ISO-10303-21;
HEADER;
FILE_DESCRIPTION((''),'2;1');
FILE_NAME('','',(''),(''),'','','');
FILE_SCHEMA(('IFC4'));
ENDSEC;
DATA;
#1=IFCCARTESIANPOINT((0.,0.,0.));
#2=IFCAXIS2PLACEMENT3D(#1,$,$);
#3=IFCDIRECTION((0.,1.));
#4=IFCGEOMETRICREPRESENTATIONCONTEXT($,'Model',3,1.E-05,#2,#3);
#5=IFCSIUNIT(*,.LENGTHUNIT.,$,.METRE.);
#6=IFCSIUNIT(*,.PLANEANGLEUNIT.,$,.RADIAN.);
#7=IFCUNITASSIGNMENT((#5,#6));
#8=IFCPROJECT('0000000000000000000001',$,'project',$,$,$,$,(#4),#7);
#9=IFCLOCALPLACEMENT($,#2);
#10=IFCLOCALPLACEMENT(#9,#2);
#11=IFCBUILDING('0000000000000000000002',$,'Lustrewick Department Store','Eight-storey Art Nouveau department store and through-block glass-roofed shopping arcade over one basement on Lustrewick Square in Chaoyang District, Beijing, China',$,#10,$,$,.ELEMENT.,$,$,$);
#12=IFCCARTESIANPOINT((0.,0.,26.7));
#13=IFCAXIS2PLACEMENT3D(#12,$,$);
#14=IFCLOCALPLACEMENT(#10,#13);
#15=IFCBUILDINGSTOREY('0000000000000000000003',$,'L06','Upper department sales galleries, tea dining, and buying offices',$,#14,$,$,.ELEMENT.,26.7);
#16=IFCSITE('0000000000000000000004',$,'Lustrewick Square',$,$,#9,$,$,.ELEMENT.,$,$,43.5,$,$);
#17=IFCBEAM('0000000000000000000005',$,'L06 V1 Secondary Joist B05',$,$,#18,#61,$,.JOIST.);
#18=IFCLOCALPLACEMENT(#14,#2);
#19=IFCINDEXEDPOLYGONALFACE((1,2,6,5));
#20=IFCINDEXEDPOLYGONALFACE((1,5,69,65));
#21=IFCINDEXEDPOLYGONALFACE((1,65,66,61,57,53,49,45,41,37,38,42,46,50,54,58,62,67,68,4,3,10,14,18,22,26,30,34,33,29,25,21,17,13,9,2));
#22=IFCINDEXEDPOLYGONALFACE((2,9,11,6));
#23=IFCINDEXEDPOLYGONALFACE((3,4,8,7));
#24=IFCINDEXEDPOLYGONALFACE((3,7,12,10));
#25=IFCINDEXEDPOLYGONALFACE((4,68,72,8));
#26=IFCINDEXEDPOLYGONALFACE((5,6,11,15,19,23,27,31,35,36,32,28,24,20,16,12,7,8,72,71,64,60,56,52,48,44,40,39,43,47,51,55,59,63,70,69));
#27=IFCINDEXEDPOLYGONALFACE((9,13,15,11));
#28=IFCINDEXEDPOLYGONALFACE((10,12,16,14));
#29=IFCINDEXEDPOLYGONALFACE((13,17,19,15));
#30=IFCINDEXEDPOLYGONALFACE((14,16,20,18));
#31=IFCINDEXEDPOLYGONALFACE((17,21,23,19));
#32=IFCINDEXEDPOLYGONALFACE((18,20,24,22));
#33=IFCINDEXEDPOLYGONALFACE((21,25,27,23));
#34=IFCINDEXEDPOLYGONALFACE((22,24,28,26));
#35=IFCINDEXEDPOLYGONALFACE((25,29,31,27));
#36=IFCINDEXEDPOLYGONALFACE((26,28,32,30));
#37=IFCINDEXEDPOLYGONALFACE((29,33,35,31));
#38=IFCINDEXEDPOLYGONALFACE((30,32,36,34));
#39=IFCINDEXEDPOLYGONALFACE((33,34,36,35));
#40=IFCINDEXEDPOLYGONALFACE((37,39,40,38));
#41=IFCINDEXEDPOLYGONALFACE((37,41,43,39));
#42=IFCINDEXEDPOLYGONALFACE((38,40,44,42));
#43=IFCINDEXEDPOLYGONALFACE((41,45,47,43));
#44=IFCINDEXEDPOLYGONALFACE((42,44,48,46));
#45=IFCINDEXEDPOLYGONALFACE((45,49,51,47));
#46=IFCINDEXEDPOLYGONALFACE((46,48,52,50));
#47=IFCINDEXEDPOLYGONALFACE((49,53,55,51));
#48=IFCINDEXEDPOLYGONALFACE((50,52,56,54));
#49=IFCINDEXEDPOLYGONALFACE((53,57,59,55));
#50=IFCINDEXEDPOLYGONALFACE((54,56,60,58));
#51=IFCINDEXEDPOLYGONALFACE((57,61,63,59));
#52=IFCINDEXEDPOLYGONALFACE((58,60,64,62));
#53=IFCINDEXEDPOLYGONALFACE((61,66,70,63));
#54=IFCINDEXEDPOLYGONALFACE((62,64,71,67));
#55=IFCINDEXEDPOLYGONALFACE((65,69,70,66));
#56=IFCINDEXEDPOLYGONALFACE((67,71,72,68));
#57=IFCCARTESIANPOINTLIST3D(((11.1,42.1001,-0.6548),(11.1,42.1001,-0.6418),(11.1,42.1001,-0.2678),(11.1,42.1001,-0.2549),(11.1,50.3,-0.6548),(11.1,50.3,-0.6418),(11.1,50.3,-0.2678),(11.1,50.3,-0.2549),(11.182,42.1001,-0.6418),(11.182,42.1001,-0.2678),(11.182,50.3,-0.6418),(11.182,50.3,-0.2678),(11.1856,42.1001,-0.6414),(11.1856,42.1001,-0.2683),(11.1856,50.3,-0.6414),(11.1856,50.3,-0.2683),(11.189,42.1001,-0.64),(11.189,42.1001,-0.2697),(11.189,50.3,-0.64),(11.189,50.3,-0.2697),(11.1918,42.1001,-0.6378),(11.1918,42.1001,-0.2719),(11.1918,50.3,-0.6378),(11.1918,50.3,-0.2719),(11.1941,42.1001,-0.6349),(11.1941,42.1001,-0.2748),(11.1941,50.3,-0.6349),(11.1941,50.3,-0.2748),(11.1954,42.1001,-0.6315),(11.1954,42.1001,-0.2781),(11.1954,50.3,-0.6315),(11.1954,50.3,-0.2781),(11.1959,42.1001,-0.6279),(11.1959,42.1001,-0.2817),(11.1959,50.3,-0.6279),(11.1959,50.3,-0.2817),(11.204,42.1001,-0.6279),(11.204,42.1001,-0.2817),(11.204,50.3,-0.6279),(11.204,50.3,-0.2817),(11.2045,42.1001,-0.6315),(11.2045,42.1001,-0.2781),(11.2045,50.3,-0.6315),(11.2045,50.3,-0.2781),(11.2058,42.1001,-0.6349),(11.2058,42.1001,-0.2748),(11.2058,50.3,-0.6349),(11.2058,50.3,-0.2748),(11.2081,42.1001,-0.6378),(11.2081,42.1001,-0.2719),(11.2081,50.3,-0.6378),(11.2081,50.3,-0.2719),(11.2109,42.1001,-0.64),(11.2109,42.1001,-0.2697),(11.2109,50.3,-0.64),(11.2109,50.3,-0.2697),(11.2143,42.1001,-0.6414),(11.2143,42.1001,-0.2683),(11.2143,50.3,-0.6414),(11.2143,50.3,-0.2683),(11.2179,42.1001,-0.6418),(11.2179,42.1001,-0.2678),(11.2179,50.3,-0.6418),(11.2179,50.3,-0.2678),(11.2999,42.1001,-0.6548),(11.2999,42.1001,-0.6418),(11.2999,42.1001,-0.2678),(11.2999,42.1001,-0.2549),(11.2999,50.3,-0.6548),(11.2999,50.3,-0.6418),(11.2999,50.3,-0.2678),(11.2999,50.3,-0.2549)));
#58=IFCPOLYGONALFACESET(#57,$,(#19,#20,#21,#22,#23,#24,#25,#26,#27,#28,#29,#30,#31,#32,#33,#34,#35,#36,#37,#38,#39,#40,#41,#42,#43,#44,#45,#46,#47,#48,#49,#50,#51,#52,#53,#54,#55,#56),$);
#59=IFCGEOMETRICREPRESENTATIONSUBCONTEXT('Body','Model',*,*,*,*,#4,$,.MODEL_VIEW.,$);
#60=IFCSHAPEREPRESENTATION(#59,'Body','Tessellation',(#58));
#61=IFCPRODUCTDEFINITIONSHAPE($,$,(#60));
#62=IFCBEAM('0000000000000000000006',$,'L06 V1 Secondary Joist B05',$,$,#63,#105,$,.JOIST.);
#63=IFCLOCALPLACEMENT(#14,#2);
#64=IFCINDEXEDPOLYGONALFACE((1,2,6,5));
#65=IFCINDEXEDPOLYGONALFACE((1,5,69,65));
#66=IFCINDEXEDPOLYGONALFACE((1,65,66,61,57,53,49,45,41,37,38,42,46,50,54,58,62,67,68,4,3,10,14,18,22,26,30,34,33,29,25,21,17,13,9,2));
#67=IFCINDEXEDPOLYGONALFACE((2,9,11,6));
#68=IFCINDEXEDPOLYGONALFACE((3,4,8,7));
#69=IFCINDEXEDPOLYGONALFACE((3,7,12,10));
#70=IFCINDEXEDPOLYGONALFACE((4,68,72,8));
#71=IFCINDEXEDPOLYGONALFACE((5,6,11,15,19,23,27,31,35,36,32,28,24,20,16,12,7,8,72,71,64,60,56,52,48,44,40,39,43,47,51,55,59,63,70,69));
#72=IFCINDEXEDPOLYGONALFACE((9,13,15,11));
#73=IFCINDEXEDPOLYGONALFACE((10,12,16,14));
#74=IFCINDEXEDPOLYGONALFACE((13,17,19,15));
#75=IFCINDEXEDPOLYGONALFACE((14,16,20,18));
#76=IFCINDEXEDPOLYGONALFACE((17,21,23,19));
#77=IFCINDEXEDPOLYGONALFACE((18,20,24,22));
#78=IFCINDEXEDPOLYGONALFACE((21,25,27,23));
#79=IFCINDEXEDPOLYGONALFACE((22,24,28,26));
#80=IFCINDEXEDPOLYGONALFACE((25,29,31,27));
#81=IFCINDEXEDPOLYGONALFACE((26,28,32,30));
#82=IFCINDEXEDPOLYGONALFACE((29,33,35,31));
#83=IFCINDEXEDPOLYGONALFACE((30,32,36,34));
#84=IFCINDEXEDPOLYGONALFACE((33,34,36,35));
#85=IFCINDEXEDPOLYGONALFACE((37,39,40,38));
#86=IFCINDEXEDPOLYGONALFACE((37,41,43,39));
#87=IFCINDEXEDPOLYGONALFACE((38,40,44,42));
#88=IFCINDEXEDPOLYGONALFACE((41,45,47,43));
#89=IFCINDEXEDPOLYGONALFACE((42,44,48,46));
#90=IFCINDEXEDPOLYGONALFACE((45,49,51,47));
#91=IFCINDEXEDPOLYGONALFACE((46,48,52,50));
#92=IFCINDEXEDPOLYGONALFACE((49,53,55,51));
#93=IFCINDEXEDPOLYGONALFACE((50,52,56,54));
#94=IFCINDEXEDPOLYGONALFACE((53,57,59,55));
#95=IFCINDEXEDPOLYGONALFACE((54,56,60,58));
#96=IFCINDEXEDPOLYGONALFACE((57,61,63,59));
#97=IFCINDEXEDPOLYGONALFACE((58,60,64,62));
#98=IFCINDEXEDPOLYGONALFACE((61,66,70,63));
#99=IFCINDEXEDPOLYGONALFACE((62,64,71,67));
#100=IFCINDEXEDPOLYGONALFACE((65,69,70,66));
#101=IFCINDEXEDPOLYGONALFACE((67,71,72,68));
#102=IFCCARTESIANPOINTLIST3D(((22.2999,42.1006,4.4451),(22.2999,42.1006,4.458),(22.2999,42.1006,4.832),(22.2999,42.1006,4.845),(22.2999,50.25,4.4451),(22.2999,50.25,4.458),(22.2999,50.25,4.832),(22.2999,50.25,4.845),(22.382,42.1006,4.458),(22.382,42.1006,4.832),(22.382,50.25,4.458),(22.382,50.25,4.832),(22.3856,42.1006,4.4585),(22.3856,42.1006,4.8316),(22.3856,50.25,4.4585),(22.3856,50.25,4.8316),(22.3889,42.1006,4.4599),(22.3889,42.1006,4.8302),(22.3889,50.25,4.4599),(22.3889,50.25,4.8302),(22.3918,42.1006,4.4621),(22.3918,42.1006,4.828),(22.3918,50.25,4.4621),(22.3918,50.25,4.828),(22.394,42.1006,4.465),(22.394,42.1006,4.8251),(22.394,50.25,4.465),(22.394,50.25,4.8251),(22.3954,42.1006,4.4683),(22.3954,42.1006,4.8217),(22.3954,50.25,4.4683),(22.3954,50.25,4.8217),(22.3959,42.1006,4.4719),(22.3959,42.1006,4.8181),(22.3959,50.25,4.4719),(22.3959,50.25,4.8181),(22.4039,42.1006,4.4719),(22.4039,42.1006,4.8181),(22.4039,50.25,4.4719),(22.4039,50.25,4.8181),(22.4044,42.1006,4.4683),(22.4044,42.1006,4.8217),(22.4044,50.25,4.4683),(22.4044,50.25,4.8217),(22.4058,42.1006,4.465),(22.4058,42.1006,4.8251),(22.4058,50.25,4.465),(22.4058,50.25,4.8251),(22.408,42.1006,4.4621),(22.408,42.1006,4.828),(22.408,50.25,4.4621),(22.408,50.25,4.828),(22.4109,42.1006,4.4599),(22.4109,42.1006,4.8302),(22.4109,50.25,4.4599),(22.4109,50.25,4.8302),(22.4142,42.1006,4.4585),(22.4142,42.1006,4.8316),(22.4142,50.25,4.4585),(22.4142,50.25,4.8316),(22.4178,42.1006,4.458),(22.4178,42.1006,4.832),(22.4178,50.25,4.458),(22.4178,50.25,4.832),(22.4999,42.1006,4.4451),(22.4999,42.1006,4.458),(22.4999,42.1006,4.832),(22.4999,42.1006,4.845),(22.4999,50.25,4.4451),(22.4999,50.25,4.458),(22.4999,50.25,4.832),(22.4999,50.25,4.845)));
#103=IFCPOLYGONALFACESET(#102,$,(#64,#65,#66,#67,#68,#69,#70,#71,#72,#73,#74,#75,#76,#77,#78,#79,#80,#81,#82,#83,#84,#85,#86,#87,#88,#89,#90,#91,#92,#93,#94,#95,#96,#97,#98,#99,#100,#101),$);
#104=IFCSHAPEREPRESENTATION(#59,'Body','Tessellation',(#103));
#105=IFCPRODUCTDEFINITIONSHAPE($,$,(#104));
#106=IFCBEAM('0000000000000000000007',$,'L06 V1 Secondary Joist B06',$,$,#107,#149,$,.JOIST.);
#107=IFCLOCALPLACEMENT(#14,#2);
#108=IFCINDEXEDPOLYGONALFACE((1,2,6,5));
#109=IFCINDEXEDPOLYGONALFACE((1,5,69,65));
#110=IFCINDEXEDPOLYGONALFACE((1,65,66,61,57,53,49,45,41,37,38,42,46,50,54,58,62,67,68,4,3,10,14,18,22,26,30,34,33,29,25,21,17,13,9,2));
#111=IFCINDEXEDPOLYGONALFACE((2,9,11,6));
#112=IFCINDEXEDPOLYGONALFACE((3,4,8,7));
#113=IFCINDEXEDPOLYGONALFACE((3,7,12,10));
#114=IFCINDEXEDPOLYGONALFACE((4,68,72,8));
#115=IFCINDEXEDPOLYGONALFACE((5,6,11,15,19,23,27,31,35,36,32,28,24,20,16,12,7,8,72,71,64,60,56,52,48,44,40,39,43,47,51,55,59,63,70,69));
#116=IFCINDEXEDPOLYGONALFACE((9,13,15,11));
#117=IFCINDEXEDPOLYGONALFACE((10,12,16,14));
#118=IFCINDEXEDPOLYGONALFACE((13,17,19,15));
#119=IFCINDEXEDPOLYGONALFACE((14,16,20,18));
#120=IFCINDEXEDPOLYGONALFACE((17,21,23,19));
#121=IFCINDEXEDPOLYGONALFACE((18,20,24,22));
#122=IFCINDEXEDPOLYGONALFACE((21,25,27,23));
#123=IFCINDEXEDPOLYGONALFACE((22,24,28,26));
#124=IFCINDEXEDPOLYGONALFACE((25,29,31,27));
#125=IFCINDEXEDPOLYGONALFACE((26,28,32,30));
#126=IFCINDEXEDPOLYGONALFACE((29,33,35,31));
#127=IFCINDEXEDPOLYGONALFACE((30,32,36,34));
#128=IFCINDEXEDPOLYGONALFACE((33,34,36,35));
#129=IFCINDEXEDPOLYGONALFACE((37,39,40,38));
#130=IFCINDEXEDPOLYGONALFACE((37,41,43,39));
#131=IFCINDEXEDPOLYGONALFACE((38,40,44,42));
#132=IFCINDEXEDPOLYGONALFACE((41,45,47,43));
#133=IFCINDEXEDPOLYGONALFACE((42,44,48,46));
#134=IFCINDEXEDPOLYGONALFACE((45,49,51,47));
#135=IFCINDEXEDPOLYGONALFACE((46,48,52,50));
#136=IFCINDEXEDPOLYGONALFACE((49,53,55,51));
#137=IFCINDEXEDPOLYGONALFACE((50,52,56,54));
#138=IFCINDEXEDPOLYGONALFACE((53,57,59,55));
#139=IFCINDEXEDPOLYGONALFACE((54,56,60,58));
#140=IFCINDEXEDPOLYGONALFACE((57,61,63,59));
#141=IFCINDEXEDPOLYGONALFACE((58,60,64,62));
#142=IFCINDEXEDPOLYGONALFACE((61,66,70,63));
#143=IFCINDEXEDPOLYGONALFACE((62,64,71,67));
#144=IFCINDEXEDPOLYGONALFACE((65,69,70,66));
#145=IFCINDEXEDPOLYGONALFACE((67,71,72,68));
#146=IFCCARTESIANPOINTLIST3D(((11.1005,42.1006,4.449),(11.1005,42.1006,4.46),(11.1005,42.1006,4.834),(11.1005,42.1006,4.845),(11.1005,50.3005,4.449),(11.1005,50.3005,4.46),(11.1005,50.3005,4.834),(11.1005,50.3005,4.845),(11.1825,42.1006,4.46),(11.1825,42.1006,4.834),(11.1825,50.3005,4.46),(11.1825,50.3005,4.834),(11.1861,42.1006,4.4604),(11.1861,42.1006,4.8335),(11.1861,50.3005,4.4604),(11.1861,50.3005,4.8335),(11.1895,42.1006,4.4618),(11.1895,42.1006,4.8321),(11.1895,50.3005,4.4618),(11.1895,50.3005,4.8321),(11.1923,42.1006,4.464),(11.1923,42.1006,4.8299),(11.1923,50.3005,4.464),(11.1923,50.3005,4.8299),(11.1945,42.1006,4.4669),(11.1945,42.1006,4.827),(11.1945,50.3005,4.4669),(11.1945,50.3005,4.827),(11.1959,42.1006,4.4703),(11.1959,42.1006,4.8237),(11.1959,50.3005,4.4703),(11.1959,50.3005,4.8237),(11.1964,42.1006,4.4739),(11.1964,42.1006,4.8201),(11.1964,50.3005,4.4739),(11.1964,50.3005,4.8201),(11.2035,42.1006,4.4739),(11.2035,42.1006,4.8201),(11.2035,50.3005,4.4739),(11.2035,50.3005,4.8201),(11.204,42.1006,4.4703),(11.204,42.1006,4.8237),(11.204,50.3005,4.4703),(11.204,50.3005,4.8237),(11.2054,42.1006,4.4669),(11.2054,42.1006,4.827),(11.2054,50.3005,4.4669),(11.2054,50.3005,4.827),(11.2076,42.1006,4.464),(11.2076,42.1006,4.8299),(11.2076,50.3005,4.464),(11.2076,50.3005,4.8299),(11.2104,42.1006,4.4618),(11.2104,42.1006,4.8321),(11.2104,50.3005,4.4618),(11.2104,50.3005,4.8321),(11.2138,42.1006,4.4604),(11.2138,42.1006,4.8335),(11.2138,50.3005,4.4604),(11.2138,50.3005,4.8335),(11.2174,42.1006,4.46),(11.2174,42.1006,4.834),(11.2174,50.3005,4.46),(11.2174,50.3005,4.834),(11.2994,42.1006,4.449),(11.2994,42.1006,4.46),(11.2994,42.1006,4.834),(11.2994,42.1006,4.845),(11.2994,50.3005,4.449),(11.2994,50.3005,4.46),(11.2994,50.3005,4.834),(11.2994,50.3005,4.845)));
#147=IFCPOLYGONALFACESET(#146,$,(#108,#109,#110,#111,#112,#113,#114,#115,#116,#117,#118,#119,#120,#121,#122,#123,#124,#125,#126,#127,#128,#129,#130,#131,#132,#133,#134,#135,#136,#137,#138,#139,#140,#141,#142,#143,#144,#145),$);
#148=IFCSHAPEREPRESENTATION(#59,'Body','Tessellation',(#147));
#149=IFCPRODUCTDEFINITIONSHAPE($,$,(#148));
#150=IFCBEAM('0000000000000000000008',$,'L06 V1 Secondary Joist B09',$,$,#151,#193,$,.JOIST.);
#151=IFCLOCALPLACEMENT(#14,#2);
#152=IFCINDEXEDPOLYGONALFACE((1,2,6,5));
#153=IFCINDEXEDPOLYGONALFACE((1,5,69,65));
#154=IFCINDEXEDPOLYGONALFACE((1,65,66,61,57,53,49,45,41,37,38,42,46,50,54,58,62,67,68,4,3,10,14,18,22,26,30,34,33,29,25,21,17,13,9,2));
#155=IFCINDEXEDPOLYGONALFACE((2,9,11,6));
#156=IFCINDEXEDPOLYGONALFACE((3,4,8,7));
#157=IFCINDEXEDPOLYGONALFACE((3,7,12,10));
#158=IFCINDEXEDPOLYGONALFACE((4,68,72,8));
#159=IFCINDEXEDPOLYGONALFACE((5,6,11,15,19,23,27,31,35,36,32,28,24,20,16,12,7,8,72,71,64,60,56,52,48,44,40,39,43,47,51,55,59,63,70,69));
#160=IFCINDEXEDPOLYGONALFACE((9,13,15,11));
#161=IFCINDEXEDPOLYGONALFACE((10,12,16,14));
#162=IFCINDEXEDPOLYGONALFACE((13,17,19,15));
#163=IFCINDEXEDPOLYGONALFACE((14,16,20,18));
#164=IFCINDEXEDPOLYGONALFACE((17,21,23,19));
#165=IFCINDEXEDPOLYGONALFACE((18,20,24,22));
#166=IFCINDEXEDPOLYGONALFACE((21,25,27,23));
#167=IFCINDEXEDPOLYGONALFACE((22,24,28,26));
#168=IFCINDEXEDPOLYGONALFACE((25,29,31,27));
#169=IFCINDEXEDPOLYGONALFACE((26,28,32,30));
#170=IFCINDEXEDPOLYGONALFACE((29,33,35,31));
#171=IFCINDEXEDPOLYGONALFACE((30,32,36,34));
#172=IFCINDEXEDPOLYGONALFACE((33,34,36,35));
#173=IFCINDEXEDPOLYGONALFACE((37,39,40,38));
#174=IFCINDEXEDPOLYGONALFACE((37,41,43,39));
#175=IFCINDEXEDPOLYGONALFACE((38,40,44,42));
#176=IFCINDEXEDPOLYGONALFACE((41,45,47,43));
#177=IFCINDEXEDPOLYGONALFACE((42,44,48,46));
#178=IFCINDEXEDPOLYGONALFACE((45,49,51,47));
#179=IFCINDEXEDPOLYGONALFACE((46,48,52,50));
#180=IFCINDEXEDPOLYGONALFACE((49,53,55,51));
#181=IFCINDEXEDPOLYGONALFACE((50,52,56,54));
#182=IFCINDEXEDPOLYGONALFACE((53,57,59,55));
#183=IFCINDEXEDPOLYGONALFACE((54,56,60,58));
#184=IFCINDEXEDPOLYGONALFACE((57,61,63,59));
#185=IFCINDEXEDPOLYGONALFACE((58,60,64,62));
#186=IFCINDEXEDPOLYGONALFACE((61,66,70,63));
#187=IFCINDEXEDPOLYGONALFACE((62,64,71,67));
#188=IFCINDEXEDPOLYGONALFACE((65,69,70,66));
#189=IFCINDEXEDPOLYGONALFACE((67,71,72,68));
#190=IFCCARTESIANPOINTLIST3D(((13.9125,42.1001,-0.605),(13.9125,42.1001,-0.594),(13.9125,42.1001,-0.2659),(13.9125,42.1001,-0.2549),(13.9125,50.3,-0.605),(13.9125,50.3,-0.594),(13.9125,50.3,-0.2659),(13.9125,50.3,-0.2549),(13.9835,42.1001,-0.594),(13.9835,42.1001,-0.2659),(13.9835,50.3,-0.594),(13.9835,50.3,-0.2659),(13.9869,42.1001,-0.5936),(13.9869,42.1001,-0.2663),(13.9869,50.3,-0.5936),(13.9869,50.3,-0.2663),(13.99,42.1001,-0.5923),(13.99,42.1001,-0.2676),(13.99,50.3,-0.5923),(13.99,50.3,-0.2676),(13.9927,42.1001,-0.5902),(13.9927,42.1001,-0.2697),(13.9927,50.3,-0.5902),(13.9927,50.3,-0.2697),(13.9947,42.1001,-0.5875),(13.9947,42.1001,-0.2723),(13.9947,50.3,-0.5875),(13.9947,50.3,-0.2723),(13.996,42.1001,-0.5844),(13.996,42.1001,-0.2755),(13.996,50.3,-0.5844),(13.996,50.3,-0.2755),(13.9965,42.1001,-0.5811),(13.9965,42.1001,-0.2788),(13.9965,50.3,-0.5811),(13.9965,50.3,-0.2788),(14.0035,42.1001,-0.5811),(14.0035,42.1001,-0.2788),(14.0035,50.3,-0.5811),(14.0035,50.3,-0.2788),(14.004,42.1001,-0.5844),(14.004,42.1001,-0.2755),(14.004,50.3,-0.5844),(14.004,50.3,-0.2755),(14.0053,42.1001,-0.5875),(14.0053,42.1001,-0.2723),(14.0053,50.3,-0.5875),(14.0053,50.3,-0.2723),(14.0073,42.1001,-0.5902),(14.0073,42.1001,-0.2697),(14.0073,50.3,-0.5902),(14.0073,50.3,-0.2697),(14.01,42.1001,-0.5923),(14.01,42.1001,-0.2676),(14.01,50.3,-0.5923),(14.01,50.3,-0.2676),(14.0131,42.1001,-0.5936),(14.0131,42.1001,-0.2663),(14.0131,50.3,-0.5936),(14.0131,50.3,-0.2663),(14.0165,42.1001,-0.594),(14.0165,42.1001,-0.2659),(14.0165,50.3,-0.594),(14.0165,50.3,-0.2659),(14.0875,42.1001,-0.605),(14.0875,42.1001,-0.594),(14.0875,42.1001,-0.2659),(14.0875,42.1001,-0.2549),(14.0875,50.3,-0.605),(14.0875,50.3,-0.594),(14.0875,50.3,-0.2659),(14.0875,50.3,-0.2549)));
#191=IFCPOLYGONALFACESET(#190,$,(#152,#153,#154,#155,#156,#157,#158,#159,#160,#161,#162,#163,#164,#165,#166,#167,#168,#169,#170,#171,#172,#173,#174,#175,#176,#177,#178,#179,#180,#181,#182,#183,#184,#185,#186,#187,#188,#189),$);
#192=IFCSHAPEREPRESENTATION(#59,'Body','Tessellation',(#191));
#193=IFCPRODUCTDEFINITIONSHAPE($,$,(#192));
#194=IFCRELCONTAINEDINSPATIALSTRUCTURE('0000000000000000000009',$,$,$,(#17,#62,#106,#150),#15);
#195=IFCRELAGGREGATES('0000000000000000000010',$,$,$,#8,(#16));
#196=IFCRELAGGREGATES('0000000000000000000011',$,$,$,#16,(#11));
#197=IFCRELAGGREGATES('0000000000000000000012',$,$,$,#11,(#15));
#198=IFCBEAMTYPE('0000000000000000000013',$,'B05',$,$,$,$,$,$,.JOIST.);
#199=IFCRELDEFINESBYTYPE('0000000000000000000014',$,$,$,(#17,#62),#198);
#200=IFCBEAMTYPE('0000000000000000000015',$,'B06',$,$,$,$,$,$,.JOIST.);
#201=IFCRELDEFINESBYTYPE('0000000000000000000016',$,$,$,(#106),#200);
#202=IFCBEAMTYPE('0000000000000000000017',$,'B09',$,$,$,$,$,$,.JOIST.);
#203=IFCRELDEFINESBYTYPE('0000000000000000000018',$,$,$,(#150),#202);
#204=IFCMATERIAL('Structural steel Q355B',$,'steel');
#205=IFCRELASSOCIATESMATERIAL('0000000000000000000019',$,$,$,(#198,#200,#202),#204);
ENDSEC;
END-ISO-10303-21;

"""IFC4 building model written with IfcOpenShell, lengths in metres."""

from ifc_helpers import new_model, si_unit, direction, frame, origin, origin_2d, place, context, subcontext, project, spatial, i_section, extrude, material, material_profile, profile_set, type_object, element, save


model = new_model("IFC4")

# Units and contexts
model_context = context("Model", 3, precision=1e-05, world=origin(), true_north=direction((0.0, 1.0)))
body_context = subcontext(model_context, "Body", "Model", "MODEL_VIEW")
ifc_project = project(units=[si_unit("LENGTHUNIT", "METRE"), si_unit("PLANEANGLEUNIT", "RADIAN")], contexts=[model_context])

# Site, building, storey
site_placement = place(None, origin())
site = spatial("IfcSite", under=ifc_project, at=site_placement, Name="Lustrewick Square", CompositionType="ELEMENT", RefElevation=43.5)
building_placement = place(site_placement, origin())
building = spatial("IfcBuilding", under=site, at=building_placement, Name="Lustrewick Department Store", Description="Eight-storey Art Nouveau department store and through-block glass-roofed shopping arcade over one basement on Lustrewick Square in Chaoyang District, Beijing, China", CompositionType="ELEMENT")
storey_placement = place(building_placement, frame((0.0, 0.0, 26.7)))
storey = spatial("IfcBuildingStorey", under=building, at=storey_placement, Name="L06", Description="Upper department sales galleries, tea dining, and buying offices", CompositionType="ELEMENT", Elevation=26.7)

# Shared definitions
ifc_material_1 = material(Name="Structural steel Q355B", Category="steel")

# Beams
ifc_material_profile_1 = material_profile(ifc_material_1, i_section(OverallWidth=0.2, OverallDepth=0.3999, WebThickness=0.0081, FlangeThickness=0.0129, FilletRadius=0.0139, at=origin_2d()), Name="HN 400x200x8x13")
ifc_profile_set_1 = profile_set([ifc_material_profile_1], Name="Structural steel Q355B")
beam_type_1 = type_object("IfcBeamType", Name="B05", PredefinedType="JOIST", material=ifc_profile_set_1)
beam_1_placement = place(storey_placement, frame((11.2, 42.1001, -0.4548), z_axis=(0.0, 1.0, 0.0), x_axis=(-1.0, 0.0, 0.0)))
element("IfcBeam", 1, at=beam_1_placement, inside=storey, type_object=beam_type_1, Name="L06 V1 Secondary Joist B05", PredefinedType="JOIST", context=body_context, shape_type="SweptSolid", body=[
    extrude(i_section(OverallWidth=0.2, OverallDepth=0.3999, WebThickness=0.0081, FlangeThickness=0.0129, FilletRadius=0.0139, at=origin_2d()), origin(), (0.0, 0.0, 1.0), 8.2),
])
beam_2_placement = place(storey_placement, frame((22.3999, 42.1006, 4.645), z_axis=(0.0, 1.0, 0.0), x_axis=(-1.0, 0.0, 0.0)))
element("IfcBeam", 2, at=beam_2_placement, inside=storey, type_object=beam_type_1, Name="L06 V1 Secondary Joist B05", PredefinedType="JOIST", context=body_context, shape_type="SweptSolid", body=[
    extrude(i_section(OverallWidth=0.2, OverallDepth=0.3999, WebThickness=0.0081, FlangeThickness=0.0129, FilletRadius=0.0139, at=origin_2d()), origin(), (0.0, 0.0, 1.0), 8.1494),
])
ifc_material_profile_2 = material_profile(ifc_material_1, i_section(OverallWidth=0.199, OverallDepth=0.396, WebThickness=0.0071, FlangeThickness=0.011, FilletRadius=0.0139, at=origin_2d()), Name="HN 396x199x7x11")
ifc_profile_set_2 = profile_set([ifc_material_profile_2], Name="Structural steel Q355B")
beam_type_2 = type_object("IfcBeamType", Name="B06", PredefinedType="JOIST", material=ifc_profile_set_2)
beam_3_placement = place(storey_placement, frame((11.2, 42.1006, 4.647), z_axis=(0.0, 1.0, 0.0), x_axis=(-1.0, 0.0, 0.0)))
element("IfcBeam", 3, at=beam_3_placement, inside=storey, type_object=beam_type_2, Name="L06 V1 Secondary Joist B06", PredefinedType="JOIST", context=body_context, shape_type="SweptSolid", body=[
    extrude(i_section(OverallWidth=0.199, OverallDepth=0.396, WebThickness=0.0071, FlangeThickness=0.011, FilletRadius=0.0139, at=origin_2d()), origin(), (0.0, 0.0, 1.0), 8.2),
])
ifc_material_profile_3 = material_profile(ifc_material_1, i_section(OverallWidth=0.175, OverallDepth=0.3501, WebThickness=0.0071, FlangeThickness=0.011, FilletRadius=0.0129, at=origin_2d()), Name="HN 350x175x7x11")
ifc_profile_set_3 = profile_set([ifc_material_profile_3], Name="Structural steel Q355B")
beam_type_3 = type_object("IfcBeamType", Name="B09", PredefinedType="JOIST", material=ifc_profile_set_3)
for number, where, z_axis, x_axis, name in (
    (4, (14.0, 42.1001, -0.4299), (0.0, 1.0, 0.0), (-1.0, 0.0, 0.0), "L06 V1 Secondary Joist B09"),
):
    element("IfcBeam", number, at=place(storey_placement, frame(where, z_axis=z_axis, x_axis=x_axis)), inside=storey, type_object=beam_type_3, Name=name, PredefinedType="JOIST", context=body_context, shape_type="SweptSolid", body=[
        extrude(i_section(OverallWidth=0.175, OverallDepth=0.3501, WebThickness=0.0071, FlangeThickness=0.011, FilletRadius=0.0129, at=origin_2d()), origin(), (0.0, 0.0, 1.0), 8.2),
    ])

save(model, "model.ifc")
